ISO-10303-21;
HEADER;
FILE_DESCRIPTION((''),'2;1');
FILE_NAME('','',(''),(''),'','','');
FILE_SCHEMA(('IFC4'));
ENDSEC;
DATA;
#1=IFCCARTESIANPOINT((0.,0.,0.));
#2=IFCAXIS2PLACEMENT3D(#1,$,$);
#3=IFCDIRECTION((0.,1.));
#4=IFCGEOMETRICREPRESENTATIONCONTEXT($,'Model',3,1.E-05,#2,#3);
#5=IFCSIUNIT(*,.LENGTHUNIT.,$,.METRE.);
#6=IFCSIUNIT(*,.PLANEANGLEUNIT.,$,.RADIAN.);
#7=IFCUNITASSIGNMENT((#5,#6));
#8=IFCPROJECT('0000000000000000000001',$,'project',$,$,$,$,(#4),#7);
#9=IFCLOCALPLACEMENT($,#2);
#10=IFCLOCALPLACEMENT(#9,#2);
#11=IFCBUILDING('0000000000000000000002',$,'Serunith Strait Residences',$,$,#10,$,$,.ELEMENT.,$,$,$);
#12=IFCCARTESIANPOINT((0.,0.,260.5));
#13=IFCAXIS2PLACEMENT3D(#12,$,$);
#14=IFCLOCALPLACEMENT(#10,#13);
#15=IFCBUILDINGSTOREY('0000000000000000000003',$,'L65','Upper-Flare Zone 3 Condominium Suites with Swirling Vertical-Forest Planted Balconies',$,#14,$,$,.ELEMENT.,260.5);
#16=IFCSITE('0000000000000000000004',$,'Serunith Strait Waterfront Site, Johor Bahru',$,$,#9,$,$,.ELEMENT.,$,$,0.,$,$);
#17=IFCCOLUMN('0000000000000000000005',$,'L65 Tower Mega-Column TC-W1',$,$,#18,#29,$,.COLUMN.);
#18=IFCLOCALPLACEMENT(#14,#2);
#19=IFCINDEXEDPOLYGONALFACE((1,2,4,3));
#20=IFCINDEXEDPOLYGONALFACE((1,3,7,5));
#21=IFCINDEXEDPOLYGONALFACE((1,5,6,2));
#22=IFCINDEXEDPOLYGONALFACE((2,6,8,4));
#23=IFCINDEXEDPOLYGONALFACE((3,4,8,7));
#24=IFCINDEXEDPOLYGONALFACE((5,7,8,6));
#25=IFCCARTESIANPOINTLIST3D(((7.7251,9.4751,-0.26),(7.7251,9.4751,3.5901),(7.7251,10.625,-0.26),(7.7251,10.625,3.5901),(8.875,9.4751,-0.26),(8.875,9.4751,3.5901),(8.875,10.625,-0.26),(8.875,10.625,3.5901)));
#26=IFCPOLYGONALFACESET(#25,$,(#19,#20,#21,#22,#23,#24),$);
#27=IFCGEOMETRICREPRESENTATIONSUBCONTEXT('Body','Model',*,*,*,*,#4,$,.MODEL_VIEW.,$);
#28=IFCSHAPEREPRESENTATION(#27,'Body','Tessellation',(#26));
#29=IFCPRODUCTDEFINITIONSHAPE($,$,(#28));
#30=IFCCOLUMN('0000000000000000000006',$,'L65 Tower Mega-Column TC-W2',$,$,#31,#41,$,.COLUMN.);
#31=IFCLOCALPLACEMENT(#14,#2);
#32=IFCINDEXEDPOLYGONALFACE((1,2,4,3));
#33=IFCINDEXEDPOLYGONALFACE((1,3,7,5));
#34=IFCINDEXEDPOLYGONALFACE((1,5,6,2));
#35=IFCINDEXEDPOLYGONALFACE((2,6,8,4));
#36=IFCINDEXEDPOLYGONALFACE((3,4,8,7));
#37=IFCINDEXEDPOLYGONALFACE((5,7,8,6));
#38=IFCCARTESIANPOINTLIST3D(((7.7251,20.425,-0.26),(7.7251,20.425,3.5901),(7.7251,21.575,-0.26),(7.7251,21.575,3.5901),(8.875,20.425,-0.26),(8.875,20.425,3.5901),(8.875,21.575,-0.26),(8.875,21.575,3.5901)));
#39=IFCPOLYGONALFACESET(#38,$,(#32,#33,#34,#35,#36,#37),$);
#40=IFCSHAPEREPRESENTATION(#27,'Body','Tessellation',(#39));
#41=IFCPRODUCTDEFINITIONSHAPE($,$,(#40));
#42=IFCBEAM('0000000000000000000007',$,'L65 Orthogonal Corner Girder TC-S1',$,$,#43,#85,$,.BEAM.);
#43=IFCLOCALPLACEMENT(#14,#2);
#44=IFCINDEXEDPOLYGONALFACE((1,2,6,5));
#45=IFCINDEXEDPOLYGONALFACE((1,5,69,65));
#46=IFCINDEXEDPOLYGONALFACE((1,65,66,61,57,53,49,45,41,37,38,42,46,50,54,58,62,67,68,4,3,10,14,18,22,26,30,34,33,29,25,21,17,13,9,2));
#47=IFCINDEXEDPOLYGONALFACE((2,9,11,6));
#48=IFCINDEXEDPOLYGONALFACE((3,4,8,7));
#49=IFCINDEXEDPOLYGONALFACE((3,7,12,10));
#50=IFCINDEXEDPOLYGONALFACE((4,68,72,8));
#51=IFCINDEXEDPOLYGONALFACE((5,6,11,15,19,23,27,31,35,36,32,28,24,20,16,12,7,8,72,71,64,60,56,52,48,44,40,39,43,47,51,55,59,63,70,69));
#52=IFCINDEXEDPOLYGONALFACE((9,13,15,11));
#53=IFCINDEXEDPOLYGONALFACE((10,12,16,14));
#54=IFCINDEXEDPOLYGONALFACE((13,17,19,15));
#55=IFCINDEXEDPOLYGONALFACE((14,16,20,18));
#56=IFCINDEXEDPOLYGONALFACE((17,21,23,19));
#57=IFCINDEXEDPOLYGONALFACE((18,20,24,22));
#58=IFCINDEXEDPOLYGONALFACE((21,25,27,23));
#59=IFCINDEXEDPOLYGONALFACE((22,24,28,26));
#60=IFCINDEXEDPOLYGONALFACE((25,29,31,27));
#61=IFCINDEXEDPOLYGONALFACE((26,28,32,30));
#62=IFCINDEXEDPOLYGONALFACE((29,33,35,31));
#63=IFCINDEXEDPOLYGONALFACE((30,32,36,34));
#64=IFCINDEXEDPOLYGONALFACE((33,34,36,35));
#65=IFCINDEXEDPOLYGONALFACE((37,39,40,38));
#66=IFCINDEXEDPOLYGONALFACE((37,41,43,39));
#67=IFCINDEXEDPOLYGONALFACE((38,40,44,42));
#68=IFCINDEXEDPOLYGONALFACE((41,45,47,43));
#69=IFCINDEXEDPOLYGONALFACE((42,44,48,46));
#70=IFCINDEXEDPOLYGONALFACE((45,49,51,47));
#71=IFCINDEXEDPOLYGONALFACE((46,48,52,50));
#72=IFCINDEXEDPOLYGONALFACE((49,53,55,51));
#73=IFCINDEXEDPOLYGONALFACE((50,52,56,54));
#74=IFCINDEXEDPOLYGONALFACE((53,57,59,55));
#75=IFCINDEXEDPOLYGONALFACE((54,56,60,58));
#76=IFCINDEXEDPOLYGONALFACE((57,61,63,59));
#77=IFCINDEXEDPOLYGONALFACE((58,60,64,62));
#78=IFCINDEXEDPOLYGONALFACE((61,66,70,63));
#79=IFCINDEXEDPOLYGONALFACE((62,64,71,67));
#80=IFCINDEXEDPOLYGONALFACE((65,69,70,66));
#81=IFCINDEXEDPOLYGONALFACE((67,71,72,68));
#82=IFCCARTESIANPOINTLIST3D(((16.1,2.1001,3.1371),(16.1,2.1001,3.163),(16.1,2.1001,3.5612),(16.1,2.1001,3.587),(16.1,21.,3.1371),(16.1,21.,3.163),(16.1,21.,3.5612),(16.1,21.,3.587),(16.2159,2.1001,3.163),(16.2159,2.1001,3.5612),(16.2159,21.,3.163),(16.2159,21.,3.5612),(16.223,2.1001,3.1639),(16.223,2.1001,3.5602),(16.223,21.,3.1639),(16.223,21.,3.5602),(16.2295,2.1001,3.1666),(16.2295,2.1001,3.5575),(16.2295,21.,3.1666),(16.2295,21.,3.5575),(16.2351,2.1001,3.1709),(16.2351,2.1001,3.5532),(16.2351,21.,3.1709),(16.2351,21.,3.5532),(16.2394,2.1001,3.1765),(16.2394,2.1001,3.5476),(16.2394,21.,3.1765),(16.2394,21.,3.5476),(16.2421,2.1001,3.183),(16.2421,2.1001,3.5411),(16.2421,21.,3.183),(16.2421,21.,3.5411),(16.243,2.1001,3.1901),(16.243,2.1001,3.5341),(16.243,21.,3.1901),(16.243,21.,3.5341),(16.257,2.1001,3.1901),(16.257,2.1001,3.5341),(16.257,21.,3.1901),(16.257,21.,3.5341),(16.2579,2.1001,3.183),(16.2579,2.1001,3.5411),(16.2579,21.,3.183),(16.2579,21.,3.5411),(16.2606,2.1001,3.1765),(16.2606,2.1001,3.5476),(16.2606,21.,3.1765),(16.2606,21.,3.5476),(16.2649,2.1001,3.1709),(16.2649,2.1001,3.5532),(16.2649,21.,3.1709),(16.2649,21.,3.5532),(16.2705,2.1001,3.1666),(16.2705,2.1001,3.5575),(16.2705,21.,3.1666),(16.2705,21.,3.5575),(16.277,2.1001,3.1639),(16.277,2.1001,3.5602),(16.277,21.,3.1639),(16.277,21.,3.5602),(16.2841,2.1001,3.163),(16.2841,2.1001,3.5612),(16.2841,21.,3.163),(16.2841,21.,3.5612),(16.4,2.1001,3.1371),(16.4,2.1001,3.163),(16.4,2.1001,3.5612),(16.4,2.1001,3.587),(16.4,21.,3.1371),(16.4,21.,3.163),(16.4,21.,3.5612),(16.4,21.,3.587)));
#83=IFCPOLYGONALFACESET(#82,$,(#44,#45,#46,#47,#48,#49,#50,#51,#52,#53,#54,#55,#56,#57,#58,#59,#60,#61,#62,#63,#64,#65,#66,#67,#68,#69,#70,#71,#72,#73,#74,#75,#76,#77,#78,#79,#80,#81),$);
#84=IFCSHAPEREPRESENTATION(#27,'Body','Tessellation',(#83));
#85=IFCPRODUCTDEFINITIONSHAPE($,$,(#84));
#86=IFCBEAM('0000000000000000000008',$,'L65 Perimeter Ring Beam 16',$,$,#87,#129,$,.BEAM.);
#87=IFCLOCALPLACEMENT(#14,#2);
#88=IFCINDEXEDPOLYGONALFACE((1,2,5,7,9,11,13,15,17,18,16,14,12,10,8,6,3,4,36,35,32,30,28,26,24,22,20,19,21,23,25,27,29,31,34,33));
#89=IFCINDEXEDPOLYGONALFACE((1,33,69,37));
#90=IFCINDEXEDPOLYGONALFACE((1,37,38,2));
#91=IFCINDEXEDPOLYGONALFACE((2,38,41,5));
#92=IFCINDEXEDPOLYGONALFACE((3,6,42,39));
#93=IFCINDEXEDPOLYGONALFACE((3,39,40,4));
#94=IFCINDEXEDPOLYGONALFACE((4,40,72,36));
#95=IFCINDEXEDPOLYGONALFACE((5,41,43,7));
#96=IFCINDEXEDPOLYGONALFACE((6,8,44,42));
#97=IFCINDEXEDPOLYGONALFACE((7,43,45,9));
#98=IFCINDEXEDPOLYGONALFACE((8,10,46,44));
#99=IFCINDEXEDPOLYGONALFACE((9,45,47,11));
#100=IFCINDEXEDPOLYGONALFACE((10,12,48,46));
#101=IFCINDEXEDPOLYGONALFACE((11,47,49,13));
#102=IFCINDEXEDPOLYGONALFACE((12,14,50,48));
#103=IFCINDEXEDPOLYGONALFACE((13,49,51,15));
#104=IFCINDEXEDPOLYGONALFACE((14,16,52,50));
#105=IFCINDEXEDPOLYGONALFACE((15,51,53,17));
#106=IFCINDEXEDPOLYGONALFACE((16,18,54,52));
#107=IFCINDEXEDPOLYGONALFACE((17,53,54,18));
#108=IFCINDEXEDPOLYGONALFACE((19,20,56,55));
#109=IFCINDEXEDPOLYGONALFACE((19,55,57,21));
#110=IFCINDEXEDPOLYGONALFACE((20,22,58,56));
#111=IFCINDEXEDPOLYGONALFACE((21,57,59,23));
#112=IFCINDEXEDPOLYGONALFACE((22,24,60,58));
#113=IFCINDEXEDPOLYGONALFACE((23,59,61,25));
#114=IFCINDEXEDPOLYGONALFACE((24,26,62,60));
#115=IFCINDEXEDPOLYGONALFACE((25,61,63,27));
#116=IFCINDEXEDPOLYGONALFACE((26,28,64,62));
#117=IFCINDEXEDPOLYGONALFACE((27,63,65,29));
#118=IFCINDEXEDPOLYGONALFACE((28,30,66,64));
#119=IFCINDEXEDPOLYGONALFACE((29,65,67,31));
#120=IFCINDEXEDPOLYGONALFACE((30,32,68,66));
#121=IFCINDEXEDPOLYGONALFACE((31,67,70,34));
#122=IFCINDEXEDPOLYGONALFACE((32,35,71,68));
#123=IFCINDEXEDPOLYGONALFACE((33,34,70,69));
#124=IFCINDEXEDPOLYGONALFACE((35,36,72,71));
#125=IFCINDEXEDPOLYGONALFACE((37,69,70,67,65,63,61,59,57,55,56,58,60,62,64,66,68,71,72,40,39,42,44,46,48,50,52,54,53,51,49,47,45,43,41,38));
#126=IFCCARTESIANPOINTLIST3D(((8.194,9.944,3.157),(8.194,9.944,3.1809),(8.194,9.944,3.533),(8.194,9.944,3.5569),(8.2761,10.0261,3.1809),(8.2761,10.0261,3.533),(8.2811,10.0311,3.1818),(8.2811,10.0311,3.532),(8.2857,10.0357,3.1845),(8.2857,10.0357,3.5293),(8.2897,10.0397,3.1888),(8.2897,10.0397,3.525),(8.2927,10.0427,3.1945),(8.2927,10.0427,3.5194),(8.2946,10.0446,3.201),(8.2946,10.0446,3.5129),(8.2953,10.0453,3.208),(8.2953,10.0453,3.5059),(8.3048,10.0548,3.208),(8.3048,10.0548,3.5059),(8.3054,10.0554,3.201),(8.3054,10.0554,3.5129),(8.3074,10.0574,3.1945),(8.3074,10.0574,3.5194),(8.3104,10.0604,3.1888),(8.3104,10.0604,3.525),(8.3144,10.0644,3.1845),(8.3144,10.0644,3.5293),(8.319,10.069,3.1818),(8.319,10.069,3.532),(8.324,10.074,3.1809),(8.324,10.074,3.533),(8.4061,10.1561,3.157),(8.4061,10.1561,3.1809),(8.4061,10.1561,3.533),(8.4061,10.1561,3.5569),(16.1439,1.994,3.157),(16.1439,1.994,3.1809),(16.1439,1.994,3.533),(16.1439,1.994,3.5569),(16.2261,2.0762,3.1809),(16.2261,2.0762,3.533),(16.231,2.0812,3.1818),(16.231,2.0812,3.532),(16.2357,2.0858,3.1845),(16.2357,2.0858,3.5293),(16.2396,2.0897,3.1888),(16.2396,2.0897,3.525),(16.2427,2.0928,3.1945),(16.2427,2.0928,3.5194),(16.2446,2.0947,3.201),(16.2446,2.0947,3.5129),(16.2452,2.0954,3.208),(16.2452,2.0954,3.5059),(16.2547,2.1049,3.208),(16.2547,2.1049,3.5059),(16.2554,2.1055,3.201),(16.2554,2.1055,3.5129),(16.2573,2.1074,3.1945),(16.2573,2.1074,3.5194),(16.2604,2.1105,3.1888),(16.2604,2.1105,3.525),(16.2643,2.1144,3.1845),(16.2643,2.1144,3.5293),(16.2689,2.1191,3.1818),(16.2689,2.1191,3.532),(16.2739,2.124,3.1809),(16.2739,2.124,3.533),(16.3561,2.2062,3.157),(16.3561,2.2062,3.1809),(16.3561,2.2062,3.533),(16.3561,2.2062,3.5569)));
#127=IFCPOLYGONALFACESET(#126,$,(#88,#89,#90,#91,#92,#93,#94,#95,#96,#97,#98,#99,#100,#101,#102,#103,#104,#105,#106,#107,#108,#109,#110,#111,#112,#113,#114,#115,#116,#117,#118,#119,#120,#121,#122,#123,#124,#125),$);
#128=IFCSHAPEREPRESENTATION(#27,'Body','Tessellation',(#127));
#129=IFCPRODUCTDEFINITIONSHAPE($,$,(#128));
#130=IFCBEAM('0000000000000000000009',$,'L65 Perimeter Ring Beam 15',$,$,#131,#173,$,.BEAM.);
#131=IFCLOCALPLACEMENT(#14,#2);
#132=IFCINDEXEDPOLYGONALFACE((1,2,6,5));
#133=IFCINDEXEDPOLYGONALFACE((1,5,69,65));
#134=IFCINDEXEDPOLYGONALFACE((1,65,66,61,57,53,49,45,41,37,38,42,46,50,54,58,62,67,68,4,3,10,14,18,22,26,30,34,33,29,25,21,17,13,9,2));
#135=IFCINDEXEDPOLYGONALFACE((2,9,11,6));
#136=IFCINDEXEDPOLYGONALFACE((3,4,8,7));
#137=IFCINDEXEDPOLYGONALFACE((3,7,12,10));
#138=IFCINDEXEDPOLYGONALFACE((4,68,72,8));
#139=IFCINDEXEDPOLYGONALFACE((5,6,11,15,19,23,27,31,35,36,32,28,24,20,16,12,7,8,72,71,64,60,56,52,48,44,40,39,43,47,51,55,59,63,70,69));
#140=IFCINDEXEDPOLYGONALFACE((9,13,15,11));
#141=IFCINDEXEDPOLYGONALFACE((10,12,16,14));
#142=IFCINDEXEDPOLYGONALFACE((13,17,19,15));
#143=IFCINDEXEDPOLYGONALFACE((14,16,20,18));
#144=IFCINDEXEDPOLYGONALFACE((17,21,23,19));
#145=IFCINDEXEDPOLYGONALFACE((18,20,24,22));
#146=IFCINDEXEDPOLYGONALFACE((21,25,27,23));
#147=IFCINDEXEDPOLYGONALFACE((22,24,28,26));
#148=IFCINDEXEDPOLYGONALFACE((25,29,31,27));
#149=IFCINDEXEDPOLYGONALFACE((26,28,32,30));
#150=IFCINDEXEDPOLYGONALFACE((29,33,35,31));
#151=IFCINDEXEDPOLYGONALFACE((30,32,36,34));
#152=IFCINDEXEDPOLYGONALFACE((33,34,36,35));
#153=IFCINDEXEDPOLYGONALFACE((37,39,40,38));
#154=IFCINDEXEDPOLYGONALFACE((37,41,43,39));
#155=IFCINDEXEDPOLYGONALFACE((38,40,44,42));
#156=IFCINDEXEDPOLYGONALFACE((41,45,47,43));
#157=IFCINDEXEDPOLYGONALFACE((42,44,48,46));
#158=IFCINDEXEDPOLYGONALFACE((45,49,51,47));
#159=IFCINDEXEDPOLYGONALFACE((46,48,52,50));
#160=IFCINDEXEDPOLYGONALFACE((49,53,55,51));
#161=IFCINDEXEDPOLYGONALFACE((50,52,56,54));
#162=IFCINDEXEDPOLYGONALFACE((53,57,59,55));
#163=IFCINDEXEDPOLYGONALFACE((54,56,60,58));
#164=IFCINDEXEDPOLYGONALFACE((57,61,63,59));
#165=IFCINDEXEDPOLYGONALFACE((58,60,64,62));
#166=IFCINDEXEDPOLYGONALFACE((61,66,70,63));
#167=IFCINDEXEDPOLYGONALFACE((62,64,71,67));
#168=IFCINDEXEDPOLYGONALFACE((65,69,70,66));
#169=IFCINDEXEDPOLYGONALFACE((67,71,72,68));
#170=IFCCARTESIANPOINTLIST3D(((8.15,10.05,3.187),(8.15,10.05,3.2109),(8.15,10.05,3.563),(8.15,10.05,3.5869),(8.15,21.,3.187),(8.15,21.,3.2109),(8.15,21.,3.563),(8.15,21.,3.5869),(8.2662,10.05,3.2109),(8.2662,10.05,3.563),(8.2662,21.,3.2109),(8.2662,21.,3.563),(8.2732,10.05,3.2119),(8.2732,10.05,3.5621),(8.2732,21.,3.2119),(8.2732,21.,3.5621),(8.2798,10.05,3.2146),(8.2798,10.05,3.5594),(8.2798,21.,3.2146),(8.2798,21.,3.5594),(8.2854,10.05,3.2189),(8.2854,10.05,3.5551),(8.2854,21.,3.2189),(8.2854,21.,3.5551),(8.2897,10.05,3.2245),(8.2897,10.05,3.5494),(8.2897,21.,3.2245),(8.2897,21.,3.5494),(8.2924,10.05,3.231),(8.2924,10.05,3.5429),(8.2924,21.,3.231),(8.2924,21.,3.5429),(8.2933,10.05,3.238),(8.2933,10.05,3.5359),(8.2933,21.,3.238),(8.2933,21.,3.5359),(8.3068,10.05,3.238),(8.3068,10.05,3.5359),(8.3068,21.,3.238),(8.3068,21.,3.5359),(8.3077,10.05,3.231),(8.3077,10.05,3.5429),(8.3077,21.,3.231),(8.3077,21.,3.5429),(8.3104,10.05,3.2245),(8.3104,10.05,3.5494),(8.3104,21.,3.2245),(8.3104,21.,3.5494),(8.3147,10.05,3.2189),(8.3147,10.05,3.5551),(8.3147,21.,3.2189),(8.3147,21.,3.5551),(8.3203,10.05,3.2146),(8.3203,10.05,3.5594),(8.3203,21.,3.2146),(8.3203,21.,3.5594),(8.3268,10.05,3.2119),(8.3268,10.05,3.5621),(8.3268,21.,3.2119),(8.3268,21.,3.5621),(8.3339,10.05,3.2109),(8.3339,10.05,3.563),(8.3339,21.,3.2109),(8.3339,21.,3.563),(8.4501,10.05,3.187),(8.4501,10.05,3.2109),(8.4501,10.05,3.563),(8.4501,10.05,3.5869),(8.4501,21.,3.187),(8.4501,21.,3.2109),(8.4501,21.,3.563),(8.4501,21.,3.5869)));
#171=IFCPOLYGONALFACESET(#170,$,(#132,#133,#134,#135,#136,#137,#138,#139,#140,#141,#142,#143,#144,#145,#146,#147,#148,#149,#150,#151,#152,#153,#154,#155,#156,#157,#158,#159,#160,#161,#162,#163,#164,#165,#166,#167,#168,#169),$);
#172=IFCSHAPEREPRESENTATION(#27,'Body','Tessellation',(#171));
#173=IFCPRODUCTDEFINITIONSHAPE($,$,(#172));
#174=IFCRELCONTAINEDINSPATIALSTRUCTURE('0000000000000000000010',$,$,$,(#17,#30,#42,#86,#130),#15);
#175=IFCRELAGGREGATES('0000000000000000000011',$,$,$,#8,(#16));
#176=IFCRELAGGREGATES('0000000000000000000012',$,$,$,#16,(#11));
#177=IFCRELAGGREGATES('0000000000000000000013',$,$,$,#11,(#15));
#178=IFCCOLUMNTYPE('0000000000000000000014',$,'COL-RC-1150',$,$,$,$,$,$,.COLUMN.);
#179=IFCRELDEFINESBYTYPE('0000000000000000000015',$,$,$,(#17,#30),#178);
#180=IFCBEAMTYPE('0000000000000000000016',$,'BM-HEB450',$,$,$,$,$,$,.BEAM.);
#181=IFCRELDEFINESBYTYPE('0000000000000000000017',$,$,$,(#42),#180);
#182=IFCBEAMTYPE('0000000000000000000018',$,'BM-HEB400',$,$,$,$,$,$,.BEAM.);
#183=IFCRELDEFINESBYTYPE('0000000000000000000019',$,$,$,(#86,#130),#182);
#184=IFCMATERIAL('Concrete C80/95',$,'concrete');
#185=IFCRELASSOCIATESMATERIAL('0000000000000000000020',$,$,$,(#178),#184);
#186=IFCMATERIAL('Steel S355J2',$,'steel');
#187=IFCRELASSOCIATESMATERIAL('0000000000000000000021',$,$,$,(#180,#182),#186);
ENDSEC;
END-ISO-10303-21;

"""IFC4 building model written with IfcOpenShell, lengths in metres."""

from ifc_helpers import new_model, si_unit, direction, frame, origin, origin_2d, place, context, subcontext, project, spatial, rectangle, i_section, extrude, source, transform, mapped, material, material_profile, profile_set, type_object, element, save


model = new_model("IFC4")

# Units and contexts
model_context = context("Model", 3, precision=1e-05, world=origin(), true_north=direction((0.0, 1.0)))
body_context = subcontext(model_context, "Body", "Model", "MODEL_VIEW")
ifc_project = project(units=[si_unit("LENGTHUNIT", "METRE"), si_unit("PLANEANGLEUNIT", "RADIAN")], contexts=[model_context])

# Site, building, storey
site_placement = place(None, origin())
site = spatial("IfcSite", under=ifc_project, at=site_placement, Name="Serunith Strait Waterfront Site, Johor Bahru", CompositionType="ELEMENT", RefElevation=0.0)
building_placement = place(site_placement, origin())
building = spatial("IfcBuilding", under=site, at=building_placement, Name="Serunith Strait Residences", CompositionType="ELEMENT")
storey_placement = place(building_placement, frame((0.0, 0.0, 260.5)))
storey = spatial("IfcBuildingStorey", under=building, at=storey_placement, Name="L65", Description="Upper-Flare Zone 3 Condominium Suites with Swirling Vertical-Forest Planted Balconies", CompositionType="ELEMENT", Elevation=260.5)

# Columns
ifc_material_1 = material(Name="Concrete C80/95", Category="concrete")
ifc_material_profile_1 = material_profile(ifc_material_1, rectangle(XDim=1.1499, YDim=1.1499, at=origin_2d()), Name="RC 1150x1150")
ifc_profile_set_1 = profile_set([ifc_material_profile_1], Name="Concrete C80/95")
column_type = type_object("IfcColumnType", Name="COL-RC-1150", PredefinedType="COLUMN", material=ifc_profile_set_1)
shared_shape_1 = source(origin(), body_context, "Body", "SweptSolid", [
    extrude(rectangle(XDim=1.1499, YDim=1.1499, at=origin_2d()), origin(), (0.0, 0.0, 1.0), 3.8501),
])
for number, where, z_axis, x_axis, name in (
    (1, (8.3, 10.05, -0.26), (0.0, 0.0, 1.0), (1.0, 0.0, 0.0), "L65 Tower Mega-Column TC-W1"),
    (2, (8.3, 21.0, -0.26), (0.0, 0.0, 1.0), (1.0, 0.0, 0.0), "L65 Tower Mega-Column TC-W2"),
):
    element("IfcColumn", number, at=place(storey_placement, frame(where, z_axis=z_axis, x_axis=x_axis)), inside=storey, type_object=column_type, Name=name, PredefinedType="COLUMN", context=body_context, shape_type="MappedRepresentation", body=[
        mapped(shared_shape_1, transform((0.0, 0.0, 0.0), scale=1.0)),
    ])

# Beams
ifc_material_2 = material(Name="Steel S355J2", Category="steel")
ifc_material_profile_2 = material_profile(ifc_material_2, i_section(OverallWidth=0.3, OverallDepth=0.45, WebThickness=0.0139, FlangeThickness=0.0259, FilletRadius=0.0271, at=origin_2d()), Name="HEB 450")
ifc_profile_set_2 = profile_set([ifc_material_profile_2], Name="Steel S355J2")
beam_type_1 = type_object("IfcBeamType", Name="BM-HEB450", PredefinedType="BEAM", material=ifc_profile_set_2)
shared_shape_2 = source(origin(), body_context, "Body", "SweptSolid", [
    extrude(i_section(OverallWidth=0.3, OverallDepth=0.45, WebThickness=0.0139, FlangeThickness=0.0259, FilletRadius=0.0271, at=origin_2d()), origin(), (0.0, 0.0, 1.0), 18.8999),
])
beam_1_placement = place(storey_placement, frame((16.25, 21.0, 3.3621), z_axis=(0.0, -1.0, 0.0), x_axis=(1.0, 0.0, 0.0)))
element("IfcBeam", 3, at=beam_1_placement, inside=storey, type_object=beam_type_1, Name="L65 Orthogonal Corner Girder TC-S1", PredefinedType="BEAM", context=body_context, shape_type="MappedRepresentation", body=[
    mapped(shared_shape_2, transform((0.0, 0.0, 0.0), scale=1.0)),
])
ifc_material_profile_3 = material_profile(ifc_material_2, i_section(OverallWidth=0.3, OverallDepth=0.3999, WebThickness=0.0134, FlangeThickness=0.0239, FilletRadius=0.0271, at=origin_2d()), Name="HEB 400")
ifc_profile_set_3 = profile_set([ifc_material_profile_3], Name="Steel S355J2")
beam_type_2 = type_object("IfcBeamType", Name="BM-HEB400", PredefinedType="BEAM", material=ifc_profile_set_3)
shared_shape_3 = source(origin(), body_context, "Body", "SweptSolid", [
    extrude(i_section(OverallWidth=0.3, OverallDepth=0.3999, WebThickness=0.0134, FlangeThickness=0.0239, FilletRadius=0.0271, at=origin_2d()), origin(), (0.0, 0.0, 1.0), 11.2429),
])
beam_2_placement = place(storey_placement, frame((8.3, 10.05, 3.3569), z_axis=(0.707107, -0.707107, 0.0), x_axis=(0.707107, 0.707107, 0.0)))
element("IfcBeam", 4, at=beam_2_placement, inside=storey, type_object=beam_type_2, Name="L65 Perimeter Ring Beam 16", PredefinedType="BEAM", context=body_context, shape_type="MappedRepresentation", body=[
    mapped(shared_shape_3, transform((0.0, 0.0, 0.0), scale=1.0)),
])
shared_shape_4 = source(origin(), body_context, "Body", "SweptSolid", [
    extrude(i_section(OverallWidth=0.3, OverallDepth=0.3999, WebThickness=0.0134, FlangeThickness=0.0239, FilletRadius=0.0271, at=origin_2d()), origin(), (0.0, 0.0, 1.0), 10.95),
])
beam_3_placement = place(storey_placement, frame((8.3, 21.0, 3.387), z_axis=(0.0, -1.0, 0.0), x_axis=(1.0, 0.0, 0.0)))
element("IfcBeam", 5, at=beam_3_placement, inside=storey, type_object=beam_type_2, Name="L65 Perimeter Ring Beam 15", PredefinedType="BEAM", context=body_context, shape_type="MappedRepresentation", body=[
    mapped(shared_shape_4, transform((0.0, 0.0, 0.0), scale=1.0)),
])

save(model, "model.ifc")
